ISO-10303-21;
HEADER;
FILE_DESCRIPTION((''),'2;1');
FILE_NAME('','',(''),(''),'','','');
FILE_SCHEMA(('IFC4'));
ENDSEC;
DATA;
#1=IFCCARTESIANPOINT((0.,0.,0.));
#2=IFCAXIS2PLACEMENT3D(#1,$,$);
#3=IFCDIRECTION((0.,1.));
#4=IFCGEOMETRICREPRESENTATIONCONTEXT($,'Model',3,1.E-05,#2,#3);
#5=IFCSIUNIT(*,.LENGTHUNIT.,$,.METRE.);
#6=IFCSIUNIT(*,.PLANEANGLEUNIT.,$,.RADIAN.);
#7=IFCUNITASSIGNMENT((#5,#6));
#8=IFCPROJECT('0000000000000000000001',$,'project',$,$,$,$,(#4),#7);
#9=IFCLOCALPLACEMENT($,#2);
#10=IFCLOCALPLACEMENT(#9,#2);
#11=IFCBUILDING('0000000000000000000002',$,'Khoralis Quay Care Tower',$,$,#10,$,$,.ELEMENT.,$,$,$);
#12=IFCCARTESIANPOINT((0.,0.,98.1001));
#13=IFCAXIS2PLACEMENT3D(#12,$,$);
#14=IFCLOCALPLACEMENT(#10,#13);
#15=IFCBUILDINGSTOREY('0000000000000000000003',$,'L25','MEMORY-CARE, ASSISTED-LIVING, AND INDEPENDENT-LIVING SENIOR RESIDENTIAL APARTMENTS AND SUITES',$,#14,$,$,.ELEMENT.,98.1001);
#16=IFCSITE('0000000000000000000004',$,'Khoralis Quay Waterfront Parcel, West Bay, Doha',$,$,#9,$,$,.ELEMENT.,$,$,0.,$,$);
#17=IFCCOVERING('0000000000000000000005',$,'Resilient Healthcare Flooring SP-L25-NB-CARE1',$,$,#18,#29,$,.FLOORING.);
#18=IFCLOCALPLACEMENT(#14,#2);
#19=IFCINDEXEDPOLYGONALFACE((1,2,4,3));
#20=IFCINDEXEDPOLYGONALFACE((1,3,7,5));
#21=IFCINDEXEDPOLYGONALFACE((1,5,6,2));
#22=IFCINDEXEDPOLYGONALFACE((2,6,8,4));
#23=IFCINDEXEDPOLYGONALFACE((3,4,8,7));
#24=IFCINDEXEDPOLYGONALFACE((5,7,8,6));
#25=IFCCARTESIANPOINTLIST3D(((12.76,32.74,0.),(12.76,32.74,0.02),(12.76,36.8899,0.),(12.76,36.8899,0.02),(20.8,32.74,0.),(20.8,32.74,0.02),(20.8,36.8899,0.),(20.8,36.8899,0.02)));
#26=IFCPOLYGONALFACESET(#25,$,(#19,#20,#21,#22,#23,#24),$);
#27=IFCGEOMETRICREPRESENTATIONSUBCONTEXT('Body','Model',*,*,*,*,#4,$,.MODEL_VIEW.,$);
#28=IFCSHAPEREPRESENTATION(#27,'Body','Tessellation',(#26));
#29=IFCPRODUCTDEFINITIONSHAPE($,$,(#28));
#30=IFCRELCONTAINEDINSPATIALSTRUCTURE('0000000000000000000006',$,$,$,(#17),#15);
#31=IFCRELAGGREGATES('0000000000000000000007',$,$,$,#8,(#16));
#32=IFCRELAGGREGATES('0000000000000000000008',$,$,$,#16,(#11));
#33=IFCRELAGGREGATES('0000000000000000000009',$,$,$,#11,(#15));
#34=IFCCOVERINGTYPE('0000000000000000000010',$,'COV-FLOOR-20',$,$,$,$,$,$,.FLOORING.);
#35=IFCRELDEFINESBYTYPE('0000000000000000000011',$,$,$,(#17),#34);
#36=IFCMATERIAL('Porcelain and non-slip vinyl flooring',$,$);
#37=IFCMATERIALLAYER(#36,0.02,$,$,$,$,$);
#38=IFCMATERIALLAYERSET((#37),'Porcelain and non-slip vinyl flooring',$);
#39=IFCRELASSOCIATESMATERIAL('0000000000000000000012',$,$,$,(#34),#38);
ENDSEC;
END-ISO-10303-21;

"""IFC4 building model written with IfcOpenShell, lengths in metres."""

from ifc_helpers import new_model, si_unit, direction, frame, origin, place, context, subcontext, project, spatial, polyline, outline, extrude, material, layer, layer_set, type_object, element, save


model = new_model("IFC4")

# Units and contexts
model_context = context("Model", 3, precision=1e-05, world=origin(), true_north=direction((0.0, 1.0)))
body_context = subcontext(model_context, "Body", "Model", "MODEL_VIEW")
ifc_project = project(units=[si_unit("LENGTHUNIT", "METRE"), si_unit("PLANEANGLEUNIT", "RADIAN")], contexts=[model_context])

# Site, building, storey
site_placement = place(None, origin())
site = spatial("IfcSite", under=ifc_project, at=site_placement, Name="Khoralis Quay Waterfront Parcel, West Bay, Doha", CompositionType="ELEMENT", RefElevation=0.0)
building_placement = place(site_placement, origin())
building = spatial("IfcBuilding", under=site, at=building_placement, Name="Khoralis Quay Care Tower", CompositionType="ELEMENT")
storey_placement = place(building_placement, frame((0.0, 0.0, 98.1001)))
storey = spatial("IfcBuildingStorey", under=building, at=storey_placement, Name="L25", Description="MEMORY-CARE, ASSISTED-LIVING, AND INDEPENDENT-LIVING SENIOR RESIDENTIAL APARTMENTS AND SUITES", CompositionType="ELEMENT", Elevation=98.1001)

# Covering
ifc_material_1 = material(Name="Porcelain and non-slip vinyl flooring")
ifc_layer_1 = layer(ifc_material_1, 0.02)
ifc_layer_set_1 = layer_set([ifc_layer_1], Name="Porcelain and non-slip vinyl flooring")
covering_type_1 = type_object("IfcCoveringType", Name="COV-FLOOR-20", PredefinedType="FLOORING", material=ifc_layer_set_1)
covering_1_placement = place(storey_placement, origin())
element("IfcCovering", 1, at=covering_1_placement, inside=storey, type_object=covering_type_1, Name="Resilient Healthcare Flooring SP-L25-NB-CARE1", PredefinedType="FLOORING", context=body_context, shape_type="SweptSolid", body=[
    extrude(outline(polyline([(12.76, 32.74), (20.8, 32.74), (20.8, 36.8899), (12.76, 36.8899), (12.76, 32.74)])), origin(), (0.0, 0.0, 1.0), 0.02),
])

save(model, "model.ifc")
